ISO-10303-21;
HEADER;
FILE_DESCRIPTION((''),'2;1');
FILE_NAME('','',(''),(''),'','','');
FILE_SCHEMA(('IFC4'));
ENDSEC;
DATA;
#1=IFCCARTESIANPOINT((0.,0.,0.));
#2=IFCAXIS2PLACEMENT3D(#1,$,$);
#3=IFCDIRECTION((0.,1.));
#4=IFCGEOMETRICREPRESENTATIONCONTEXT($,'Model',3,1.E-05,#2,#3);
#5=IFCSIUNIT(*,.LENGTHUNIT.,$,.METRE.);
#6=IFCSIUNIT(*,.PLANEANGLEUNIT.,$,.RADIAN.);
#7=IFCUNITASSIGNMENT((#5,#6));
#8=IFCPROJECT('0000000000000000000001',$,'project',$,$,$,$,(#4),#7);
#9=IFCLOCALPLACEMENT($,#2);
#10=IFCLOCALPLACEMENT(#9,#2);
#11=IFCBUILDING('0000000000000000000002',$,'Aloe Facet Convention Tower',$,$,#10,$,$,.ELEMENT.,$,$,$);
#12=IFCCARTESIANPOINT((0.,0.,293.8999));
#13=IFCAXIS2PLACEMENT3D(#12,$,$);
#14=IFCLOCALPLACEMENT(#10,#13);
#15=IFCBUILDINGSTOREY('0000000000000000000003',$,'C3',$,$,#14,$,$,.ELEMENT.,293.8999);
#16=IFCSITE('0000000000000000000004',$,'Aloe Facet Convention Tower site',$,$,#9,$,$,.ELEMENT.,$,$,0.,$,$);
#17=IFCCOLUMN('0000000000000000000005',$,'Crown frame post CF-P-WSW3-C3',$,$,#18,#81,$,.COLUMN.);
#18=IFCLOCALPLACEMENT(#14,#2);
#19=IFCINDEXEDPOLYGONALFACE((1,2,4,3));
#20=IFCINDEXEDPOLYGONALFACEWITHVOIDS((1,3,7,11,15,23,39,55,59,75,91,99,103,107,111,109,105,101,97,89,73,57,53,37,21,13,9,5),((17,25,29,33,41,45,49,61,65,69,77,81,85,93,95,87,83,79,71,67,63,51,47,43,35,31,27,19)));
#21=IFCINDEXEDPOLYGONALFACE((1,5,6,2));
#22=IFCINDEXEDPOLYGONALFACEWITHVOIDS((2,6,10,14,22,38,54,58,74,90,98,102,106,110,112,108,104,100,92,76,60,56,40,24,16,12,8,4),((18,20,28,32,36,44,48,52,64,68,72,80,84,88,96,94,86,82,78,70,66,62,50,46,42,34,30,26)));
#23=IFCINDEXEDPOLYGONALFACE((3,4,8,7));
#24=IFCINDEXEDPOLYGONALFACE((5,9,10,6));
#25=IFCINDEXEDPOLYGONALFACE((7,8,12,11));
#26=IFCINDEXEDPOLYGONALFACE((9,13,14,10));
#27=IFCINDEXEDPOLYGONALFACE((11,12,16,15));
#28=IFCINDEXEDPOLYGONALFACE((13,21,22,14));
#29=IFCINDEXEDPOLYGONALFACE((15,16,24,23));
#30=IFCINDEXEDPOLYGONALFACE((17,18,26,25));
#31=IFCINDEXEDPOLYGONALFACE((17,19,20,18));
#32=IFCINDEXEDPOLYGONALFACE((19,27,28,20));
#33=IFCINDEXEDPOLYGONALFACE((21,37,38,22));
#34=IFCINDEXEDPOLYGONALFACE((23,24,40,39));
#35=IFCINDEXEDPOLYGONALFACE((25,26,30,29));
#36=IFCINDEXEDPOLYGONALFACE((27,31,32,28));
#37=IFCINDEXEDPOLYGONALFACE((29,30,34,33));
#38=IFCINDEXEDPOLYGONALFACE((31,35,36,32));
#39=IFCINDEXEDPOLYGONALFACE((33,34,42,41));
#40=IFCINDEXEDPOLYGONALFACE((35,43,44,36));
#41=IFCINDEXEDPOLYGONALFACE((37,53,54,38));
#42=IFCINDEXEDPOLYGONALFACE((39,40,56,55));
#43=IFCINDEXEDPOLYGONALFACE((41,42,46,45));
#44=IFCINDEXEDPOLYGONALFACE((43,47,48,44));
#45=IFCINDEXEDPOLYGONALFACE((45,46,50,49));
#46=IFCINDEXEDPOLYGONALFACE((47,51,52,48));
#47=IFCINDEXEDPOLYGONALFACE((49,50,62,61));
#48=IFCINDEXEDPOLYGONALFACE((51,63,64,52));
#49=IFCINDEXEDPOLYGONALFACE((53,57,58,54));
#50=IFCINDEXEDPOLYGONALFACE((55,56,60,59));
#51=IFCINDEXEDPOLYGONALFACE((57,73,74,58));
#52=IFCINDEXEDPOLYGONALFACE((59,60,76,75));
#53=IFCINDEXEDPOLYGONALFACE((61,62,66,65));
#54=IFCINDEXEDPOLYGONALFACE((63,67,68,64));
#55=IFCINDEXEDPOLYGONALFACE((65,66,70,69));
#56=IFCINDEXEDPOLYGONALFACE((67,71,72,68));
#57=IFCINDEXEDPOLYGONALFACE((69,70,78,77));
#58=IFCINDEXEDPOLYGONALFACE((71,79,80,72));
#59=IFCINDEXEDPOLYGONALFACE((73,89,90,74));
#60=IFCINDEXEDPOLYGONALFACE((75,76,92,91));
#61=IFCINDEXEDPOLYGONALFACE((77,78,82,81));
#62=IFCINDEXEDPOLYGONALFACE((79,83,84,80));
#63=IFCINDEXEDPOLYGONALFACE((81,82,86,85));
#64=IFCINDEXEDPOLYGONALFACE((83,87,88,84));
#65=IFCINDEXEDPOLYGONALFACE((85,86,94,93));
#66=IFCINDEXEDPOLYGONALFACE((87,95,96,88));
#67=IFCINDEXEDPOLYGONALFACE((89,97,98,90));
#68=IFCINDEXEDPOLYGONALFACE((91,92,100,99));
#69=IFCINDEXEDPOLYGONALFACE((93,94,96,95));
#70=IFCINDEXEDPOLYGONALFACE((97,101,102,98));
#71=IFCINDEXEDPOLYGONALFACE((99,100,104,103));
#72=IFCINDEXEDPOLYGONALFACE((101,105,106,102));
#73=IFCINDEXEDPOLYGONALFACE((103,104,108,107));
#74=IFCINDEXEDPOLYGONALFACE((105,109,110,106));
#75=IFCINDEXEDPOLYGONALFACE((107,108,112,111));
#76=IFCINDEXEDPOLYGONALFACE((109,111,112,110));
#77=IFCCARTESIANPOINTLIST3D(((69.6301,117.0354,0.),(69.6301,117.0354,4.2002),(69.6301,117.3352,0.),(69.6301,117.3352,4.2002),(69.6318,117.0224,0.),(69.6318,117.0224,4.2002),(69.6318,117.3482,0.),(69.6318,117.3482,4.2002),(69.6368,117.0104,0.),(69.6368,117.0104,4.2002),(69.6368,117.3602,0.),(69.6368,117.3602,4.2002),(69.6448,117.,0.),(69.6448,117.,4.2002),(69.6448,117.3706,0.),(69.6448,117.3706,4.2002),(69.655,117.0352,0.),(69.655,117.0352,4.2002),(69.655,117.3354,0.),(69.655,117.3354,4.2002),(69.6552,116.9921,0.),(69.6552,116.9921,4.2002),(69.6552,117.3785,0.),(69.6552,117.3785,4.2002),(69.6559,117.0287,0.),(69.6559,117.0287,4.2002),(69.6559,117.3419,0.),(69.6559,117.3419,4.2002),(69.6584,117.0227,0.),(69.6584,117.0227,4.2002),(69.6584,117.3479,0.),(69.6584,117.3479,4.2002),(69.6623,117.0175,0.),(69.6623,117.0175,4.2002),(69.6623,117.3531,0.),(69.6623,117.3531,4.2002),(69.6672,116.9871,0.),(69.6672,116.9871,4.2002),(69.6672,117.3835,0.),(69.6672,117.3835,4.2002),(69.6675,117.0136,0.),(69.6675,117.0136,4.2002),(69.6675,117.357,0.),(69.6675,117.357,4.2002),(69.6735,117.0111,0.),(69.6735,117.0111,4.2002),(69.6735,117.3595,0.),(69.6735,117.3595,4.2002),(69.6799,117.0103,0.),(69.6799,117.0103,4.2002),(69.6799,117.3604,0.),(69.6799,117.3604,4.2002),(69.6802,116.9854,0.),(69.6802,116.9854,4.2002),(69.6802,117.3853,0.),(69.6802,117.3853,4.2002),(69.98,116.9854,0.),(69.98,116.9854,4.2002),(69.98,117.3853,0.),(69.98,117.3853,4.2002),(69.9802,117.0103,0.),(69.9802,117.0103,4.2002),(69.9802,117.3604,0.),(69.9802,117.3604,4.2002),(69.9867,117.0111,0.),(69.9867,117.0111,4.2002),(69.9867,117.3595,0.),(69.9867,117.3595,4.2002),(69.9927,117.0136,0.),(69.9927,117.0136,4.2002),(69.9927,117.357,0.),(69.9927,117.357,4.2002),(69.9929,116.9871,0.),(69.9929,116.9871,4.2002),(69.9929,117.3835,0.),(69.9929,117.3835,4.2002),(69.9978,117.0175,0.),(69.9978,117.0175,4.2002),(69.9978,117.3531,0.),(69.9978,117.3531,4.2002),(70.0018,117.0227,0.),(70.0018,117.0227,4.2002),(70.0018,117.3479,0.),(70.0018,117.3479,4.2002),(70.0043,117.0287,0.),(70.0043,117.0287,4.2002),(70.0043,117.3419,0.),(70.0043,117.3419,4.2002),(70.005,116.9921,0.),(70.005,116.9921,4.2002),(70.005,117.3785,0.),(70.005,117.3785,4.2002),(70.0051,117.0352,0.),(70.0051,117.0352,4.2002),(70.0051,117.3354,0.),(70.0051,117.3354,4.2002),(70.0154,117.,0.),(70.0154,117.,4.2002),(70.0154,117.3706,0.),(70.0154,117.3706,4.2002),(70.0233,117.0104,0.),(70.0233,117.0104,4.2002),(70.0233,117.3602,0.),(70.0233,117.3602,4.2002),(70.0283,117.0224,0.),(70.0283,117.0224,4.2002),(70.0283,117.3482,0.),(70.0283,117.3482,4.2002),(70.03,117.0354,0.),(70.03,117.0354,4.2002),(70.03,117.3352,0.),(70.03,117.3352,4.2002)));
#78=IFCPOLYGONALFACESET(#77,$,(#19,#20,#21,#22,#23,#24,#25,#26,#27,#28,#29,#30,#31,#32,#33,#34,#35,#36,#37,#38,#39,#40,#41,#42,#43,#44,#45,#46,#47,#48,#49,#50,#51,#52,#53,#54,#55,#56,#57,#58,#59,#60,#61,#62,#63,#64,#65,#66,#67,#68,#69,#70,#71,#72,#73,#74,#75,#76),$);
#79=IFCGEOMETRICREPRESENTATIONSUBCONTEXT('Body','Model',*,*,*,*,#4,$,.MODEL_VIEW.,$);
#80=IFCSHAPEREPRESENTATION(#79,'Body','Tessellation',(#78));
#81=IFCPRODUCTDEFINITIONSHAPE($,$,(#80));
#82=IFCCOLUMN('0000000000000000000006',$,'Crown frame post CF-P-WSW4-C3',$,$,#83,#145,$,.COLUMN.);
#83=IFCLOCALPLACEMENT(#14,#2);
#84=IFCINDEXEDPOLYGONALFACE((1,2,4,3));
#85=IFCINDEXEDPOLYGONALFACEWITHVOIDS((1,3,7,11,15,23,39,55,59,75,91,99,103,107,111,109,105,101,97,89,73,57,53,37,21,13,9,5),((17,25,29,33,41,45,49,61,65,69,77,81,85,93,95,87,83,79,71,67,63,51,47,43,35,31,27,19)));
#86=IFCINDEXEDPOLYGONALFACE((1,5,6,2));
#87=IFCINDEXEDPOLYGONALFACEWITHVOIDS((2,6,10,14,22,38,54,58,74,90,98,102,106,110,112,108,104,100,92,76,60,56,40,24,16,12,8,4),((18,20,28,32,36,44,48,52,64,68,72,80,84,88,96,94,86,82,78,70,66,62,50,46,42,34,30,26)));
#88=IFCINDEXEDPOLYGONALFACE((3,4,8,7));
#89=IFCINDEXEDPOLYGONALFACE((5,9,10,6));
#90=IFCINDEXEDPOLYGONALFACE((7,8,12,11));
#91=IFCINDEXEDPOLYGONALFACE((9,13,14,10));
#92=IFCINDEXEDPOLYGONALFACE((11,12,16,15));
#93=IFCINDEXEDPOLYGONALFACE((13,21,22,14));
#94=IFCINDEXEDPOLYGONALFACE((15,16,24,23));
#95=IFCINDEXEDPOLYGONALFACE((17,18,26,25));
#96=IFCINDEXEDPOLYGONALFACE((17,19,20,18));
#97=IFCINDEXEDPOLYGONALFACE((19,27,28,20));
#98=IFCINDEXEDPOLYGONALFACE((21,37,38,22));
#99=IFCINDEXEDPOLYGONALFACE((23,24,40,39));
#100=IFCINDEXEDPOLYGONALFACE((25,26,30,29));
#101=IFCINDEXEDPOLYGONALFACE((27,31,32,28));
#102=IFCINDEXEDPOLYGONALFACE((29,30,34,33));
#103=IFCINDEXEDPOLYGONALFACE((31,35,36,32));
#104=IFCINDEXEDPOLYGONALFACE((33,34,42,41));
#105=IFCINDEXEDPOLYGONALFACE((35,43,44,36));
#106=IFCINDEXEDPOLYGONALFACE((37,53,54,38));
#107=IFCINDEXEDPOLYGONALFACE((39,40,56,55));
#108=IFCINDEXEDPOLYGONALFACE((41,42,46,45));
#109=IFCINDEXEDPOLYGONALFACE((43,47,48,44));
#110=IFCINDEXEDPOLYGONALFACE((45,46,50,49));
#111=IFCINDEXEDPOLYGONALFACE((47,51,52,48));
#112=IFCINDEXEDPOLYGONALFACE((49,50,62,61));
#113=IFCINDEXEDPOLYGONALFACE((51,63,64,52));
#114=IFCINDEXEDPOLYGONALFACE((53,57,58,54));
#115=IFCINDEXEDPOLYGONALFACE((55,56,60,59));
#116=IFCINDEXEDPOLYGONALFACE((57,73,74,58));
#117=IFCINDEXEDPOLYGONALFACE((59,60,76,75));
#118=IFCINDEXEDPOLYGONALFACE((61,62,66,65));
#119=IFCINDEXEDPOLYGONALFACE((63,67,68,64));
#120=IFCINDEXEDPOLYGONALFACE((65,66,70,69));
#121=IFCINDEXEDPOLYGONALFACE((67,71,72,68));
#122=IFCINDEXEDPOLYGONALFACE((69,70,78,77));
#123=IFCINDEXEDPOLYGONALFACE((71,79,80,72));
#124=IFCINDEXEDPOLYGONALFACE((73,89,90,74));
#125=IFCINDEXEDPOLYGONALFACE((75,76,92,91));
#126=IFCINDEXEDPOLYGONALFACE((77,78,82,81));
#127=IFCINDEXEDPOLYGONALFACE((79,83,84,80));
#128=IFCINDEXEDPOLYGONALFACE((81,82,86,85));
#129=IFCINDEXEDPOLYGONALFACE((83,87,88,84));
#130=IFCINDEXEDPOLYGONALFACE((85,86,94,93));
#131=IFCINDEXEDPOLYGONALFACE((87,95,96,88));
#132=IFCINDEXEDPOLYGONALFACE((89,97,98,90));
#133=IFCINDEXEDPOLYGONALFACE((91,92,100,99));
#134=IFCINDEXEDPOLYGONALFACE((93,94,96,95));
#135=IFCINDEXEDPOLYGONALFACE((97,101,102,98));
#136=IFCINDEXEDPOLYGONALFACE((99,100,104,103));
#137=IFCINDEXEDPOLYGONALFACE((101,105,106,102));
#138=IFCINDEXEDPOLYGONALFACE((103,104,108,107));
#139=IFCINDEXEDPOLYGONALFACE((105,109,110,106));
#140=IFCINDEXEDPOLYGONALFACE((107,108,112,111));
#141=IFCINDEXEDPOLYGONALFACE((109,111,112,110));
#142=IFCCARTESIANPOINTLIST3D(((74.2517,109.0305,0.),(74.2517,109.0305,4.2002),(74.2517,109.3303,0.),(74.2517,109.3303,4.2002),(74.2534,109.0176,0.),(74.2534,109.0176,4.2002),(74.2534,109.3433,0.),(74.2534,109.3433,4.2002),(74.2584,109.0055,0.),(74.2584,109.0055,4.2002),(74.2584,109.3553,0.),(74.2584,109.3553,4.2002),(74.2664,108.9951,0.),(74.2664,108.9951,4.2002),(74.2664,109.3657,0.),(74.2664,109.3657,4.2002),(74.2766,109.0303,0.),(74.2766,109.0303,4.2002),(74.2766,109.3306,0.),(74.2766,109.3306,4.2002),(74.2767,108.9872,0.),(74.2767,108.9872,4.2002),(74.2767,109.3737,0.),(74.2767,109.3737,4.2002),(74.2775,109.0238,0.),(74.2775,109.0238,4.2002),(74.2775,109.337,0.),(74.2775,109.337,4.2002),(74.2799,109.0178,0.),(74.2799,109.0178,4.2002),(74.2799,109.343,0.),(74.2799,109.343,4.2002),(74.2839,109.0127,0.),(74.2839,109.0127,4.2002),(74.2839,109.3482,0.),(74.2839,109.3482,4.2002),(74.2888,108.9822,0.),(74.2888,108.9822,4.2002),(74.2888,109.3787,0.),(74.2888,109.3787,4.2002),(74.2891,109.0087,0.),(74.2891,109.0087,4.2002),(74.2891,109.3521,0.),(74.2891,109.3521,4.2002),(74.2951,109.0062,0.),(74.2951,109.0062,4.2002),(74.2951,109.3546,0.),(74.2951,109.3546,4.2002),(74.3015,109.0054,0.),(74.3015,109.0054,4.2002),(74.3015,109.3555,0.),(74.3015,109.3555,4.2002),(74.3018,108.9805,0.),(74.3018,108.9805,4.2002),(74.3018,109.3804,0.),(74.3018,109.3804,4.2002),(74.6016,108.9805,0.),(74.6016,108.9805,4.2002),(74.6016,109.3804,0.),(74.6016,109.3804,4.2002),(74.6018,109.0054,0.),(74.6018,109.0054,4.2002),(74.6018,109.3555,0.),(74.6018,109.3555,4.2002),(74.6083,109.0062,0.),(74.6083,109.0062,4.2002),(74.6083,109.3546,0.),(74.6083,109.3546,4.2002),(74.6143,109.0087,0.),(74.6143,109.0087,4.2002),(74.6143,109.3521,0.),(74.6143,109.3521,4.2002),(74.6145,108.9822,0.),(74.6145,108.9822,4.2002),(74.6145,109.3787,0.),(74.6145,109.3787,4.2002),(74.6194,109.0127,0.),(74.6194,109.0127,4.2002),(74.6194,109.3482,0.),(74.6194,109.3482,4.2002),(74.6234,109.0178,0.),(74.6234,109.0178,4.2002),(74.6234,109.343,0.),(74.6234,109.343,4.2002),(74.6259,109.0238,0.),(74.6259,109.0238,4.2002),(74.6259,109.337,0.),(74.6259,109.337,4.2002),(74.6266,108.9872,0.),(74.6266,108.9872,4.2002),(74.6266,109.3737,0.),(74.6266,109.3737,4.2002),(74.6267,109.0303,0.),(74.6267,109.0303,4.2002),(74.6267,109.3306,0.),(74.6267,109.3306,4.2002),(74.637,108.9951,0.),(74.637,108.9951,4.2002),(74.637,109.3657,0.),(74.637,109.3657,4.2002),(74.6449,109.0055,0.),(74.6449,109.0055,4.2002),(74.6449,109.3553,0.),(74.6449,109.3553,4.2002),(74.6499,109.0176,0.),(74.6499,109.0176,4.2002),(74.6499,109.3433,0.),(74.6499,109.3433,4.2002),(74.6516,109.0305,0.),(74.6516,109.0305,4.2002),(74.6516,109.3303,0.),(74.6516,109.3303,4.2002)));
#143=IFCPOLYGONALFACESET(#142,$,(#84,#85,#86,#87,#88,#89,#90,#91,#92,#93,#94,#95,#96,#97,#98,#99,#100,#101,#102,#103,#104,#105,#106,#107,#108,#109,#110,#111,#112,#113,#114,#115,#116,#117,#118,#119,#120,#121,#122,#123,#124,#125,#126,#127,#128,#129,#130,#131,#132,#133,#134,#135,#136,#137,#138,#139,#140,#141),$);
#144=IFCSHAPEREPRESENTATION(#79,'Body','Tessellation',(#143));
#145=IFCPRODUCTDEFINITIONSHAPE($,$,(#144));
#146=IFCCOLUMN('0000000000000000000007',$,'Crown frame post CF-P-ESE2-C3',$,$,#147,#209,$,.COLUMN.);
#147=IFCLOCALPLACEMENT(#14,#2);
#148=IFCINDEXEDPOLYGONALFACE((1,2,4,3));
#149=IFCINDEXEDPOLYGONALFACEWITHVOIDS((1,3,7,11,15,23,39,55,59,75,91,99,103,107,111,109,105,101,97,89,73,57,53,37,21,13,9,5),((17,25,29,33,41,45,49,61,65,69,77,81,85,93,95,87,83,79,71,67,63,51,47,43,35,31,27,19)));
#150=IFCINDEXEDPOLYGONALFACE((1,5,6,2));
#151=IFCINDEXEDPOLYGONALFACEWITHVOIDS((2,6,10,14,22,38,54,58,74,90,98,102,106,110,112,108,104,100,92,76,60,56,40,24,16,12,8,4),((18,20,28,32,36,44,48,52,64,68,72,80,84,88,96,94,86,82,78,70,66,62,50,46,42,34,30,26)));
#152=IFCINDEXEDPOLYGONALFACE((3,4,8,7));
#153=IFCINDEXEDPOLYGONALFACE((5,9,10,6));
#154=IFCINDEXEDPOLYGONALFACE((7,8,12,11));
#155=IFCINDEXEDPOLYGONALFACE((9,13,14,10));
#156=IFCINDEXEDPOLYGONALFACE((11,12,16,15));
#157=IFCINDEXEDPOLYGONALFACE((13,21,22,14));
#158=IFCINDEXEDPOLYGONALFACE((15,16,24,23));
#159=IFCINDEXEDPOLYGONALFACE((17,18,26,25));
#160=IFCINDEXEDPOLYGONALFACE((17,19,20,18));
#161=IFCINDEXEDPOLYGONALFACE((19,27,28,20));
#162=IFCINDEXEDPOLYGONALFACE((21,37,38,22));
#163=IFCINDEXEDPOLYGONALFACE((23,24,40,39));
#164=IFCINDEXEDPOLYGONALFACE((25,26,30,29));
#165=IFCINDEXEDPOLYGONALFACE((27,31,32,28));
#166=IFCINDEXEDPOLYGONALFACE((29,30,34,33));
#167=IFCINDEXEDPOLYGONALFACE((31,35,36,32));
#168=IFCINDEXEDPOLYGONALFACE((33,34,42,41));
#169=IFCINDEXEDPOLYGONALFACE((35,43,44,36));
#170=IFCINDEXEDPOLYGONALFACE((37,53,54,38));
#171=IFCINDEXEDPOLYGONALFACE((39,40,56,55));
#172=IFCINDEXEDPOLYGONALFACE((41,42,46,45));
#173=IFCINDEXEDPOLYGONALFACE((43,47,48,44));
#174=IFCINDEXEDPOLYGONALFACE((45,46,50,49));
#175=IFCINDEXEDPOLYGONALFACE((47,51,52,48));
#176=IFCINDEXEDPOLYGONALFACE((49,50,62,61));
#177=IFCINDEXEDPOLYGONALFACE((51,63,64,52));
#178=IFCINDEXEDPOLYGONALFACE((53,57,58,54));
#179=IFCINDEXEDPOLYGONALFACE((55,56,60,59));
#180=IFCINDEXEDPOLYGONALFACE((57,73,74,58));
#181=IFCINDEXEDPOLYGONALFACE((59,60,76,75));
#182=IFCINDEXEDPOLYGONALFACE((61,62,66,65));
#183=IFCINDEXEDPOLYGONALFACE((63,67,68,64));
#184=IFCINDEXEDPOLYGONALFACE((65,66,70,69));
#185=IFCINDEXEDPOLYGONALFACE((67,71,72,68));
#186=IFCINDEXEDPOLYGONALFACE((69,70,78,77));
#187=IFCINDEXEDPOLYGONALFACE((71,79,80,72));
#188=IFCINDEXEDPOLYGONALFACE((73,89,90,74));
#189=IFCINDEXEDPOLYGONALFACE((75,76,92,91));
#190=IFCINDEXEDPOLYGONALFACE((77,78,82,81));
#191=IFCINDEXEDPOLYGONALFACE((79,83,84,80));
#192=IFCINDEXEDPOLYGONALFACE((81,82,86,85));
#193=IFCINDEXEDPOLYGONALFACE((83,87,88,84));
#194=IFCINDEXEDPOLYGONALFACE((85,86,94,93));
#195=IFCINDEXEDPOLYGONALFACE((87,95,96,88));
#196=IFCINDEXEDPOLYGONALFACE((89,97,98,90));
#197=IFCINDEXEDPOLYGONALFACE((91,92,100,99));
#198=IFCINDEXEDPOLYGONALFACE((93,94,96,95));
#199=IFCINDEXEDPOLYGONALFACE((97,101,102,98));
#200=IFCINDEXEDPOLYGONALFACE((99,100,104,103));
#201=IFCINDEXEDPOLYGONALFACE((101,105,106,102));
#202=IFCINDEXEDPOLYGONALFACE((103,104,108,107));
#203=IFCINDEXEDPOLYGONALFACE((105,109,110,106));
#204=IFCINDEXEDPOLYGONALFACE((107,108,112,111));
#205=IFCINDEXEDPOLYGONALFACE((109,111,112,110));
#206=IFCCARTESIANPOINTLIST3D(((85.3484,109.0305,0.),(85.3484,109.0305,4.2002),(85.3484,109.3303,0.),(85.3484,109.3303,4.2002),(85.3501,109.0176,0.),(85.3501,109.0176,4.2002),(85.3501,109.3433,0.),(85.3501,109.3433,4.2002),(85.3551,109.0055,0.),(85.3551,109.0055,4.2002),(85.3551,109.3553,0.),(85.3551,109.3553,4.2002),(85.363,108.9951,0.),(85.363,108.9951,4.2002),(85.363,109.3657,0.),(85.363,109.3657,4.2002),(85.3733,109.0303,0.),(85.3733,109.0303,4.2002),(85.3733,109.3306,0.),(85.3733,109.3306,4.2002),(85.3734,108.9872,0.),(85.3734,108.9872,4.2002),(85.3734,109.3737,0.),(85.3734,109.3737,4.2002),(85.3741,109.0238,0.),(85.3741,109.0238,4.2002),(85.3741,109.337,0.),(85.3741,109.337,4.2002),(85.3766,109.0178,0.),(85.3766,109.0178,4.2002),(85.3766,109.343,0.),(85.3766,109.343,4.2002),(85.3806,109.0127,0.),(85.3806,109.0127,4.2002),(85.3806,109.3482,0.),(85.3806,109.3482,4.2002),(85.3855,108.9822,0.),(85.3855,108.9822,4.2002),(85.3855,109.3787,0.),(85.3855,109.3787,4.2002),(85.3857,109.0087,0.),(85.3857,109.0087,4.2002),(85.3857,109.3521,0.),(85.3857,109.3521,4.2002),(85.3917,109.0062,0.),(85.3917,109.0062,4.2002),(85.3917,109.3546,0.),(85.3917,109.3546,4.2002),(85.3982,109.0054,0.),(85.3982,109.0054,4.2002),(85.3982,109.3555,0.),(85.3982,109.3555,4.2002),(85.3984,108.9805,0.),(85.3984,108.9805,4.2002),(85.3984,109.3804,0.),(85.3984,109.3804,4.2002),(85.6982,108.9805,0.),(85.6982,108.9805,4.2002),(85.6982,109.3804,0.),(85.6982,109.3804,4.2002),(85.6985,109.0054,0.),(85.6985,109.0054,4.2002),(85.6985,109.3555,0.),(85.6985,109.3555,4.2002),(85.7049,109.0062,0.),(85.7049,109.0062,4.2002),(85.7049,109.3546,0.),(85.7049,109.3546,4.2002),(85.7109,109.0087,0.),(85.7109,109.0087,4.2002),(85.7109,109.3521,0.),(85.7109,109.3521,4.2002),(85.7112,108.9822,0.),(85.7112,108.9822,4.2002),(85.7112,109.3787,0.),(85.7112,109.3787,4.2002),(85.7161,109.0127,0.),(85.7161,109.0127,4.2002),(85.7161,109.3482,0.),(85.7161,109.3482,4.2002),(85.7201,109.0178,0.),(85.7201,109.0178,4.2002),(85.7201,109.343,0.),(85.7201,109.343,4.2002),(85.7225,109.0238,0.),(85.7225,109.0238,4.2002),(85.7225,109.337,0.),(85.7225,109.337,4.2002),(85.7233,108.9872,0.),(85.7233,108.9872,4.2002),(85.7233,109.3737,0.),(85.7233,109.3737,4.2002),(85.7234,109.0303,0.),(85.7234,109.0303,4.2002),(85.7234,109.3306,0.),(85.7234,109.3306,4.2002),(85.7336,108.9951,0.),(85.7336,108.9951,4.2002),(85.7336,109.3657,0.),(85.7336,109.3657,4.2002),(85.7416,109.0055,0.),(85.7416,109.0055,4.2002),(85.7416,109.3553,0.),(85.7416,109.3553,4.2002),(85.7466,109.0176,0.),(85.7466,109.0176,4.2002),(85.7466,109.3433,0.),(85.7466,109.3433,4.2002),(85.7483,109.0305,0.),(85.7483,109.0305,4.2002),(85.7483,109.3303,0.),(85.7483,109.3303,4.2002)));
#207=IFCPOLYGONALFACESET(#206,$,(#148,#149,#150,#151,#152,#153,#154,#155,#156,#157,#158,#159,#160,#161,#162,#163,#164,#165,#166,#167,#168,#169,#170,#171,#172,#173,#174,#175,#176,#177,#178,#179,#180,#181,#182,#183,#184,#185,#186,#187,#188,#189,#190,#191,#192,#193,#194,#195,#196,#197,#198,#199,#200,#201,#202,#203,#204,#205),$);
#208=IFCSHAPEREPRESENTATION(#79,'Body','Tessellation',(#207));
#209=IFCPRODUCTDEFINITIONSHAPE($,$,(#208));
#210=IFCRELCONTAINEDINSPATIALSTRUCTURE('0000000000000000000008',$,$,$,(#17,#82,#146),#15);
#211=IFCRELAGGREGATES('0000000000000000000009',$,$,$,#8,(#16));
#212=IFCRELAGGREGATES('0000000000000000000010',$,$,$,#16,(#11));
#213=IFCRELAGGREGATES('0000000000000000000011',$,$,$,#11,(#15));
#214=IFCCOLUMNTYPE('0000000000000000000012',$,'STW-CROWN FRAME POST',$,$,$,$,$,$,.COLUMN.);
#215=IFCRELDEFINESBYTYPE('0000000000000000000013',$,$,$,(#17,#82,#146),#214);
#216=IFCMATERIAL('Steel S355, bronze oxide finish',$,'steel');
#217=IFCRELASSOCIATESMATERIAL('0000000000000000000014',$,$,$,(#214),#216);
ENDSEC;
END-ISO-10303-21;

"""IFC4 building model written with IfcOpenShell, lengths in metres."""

from ifc_helpers import new_model, si_unit, direction, frame, origin, origin_2d, place, context, subcontext, project, spatial, hollow_rectangle, extrude, material, material_profile, profile_set, type_object, element, save


model = new_model("IFC4")

# Units and contexts
model_context = context("Model", 3, precision=1e-05, world=origin(), true_north=direction((0.0, 1.0)))
body_context = subcontext(model_context, "Body", "Model", "MODEL_VIEW")
ifc_project = project(units=[si_unit("LENGTHUNIT", "METRE"), si_unit("PLANEANGLEUNIT", "RADIAN")], contexts=[model_context])

# Site, building, storey
site_placement = place(None, origin())
site = spatial("IfcSite", under=ifc_project, at=site_placement, Name="Aloe Facet Convention Tower site", CompositionType="ELEMENT", RefElevation=0.0)
building_placement = place(site_placement, origin())
building = spatial("IfcBuilding", under=site, at=building_placement, Name="Aloe Facet Convention Tower", CompositionType="ELEMENT")
storey_placement = place(building_placement, frame((0.0, 0.0, 293.8999)))
storey = spatial("IfcBuildingStorey", under=building, at=storey_placement, Name="C3", CompositionType="ELEMENT", Elevation=293.8999)

# Columns
ifc_material_1 = material(Name="Steel S355, bronze oxide finish", Category="steel")
ifc_material_profile_1 = material_profile(ifc_material_1, hollow_rectangle(XDim=0.3999, YDim=0.3999, WallThickness=0.0249, InnerFilletRadius=0.0249, OuterFilletRadius=0.05, at=origin_2d()), Name="SHS 400x400x25")
ifc_profile_set_1 = profile_set([ifc_material_profile_1], Name="Steel S355, bronze oxide finish")
column_type = type_object("IfcColumnType", Name="STW-CROWN FRAME POST", PredefinedType="COLUMN", material=ifc_profile_set_1)
for number, where, z_axis, x_axis, name in (
    (1, (69.8301, 117.1853, 0.0), (0.0, 0.0, 1.0), (1.0, 0.0, 0.0), "Crown frame post CF-P-WSW3-C3"),
    (2, (74.4517, 109.1804, 0.0), (0.0, 0.0, 1.0), (1.0, 0.0, 0.0), "Crown frame post CF-P-WSW4-C3"),
    (3, (85.5483, 109.1804, 0.0), (0.0, 0.0, 1.0), (1.0, 0.0, 0.0), "Crown frame post CF-P-ESE2-C3"),
):
    element("IfcColumn", number, at=place(storey_placement, frame(where, z_axis=z_axis, x_axis=x_axis)), inside=storey, type_object=column_type, Name=name, PredefinedType="COLUMN", context=body_context, shape_type="SweptSolid", body=[
        extrude(hollow_rectangle(XDim=0.3999, YDim=0.3999, WallThickness=0.0249, InnerFilletRadius=0.0249, OuterFilletRadius=0.05, at=origin_2d()), origin(), (0.0, 0.0, 1.0), 4.2002),
    ])

save(model, "model.ifc")
